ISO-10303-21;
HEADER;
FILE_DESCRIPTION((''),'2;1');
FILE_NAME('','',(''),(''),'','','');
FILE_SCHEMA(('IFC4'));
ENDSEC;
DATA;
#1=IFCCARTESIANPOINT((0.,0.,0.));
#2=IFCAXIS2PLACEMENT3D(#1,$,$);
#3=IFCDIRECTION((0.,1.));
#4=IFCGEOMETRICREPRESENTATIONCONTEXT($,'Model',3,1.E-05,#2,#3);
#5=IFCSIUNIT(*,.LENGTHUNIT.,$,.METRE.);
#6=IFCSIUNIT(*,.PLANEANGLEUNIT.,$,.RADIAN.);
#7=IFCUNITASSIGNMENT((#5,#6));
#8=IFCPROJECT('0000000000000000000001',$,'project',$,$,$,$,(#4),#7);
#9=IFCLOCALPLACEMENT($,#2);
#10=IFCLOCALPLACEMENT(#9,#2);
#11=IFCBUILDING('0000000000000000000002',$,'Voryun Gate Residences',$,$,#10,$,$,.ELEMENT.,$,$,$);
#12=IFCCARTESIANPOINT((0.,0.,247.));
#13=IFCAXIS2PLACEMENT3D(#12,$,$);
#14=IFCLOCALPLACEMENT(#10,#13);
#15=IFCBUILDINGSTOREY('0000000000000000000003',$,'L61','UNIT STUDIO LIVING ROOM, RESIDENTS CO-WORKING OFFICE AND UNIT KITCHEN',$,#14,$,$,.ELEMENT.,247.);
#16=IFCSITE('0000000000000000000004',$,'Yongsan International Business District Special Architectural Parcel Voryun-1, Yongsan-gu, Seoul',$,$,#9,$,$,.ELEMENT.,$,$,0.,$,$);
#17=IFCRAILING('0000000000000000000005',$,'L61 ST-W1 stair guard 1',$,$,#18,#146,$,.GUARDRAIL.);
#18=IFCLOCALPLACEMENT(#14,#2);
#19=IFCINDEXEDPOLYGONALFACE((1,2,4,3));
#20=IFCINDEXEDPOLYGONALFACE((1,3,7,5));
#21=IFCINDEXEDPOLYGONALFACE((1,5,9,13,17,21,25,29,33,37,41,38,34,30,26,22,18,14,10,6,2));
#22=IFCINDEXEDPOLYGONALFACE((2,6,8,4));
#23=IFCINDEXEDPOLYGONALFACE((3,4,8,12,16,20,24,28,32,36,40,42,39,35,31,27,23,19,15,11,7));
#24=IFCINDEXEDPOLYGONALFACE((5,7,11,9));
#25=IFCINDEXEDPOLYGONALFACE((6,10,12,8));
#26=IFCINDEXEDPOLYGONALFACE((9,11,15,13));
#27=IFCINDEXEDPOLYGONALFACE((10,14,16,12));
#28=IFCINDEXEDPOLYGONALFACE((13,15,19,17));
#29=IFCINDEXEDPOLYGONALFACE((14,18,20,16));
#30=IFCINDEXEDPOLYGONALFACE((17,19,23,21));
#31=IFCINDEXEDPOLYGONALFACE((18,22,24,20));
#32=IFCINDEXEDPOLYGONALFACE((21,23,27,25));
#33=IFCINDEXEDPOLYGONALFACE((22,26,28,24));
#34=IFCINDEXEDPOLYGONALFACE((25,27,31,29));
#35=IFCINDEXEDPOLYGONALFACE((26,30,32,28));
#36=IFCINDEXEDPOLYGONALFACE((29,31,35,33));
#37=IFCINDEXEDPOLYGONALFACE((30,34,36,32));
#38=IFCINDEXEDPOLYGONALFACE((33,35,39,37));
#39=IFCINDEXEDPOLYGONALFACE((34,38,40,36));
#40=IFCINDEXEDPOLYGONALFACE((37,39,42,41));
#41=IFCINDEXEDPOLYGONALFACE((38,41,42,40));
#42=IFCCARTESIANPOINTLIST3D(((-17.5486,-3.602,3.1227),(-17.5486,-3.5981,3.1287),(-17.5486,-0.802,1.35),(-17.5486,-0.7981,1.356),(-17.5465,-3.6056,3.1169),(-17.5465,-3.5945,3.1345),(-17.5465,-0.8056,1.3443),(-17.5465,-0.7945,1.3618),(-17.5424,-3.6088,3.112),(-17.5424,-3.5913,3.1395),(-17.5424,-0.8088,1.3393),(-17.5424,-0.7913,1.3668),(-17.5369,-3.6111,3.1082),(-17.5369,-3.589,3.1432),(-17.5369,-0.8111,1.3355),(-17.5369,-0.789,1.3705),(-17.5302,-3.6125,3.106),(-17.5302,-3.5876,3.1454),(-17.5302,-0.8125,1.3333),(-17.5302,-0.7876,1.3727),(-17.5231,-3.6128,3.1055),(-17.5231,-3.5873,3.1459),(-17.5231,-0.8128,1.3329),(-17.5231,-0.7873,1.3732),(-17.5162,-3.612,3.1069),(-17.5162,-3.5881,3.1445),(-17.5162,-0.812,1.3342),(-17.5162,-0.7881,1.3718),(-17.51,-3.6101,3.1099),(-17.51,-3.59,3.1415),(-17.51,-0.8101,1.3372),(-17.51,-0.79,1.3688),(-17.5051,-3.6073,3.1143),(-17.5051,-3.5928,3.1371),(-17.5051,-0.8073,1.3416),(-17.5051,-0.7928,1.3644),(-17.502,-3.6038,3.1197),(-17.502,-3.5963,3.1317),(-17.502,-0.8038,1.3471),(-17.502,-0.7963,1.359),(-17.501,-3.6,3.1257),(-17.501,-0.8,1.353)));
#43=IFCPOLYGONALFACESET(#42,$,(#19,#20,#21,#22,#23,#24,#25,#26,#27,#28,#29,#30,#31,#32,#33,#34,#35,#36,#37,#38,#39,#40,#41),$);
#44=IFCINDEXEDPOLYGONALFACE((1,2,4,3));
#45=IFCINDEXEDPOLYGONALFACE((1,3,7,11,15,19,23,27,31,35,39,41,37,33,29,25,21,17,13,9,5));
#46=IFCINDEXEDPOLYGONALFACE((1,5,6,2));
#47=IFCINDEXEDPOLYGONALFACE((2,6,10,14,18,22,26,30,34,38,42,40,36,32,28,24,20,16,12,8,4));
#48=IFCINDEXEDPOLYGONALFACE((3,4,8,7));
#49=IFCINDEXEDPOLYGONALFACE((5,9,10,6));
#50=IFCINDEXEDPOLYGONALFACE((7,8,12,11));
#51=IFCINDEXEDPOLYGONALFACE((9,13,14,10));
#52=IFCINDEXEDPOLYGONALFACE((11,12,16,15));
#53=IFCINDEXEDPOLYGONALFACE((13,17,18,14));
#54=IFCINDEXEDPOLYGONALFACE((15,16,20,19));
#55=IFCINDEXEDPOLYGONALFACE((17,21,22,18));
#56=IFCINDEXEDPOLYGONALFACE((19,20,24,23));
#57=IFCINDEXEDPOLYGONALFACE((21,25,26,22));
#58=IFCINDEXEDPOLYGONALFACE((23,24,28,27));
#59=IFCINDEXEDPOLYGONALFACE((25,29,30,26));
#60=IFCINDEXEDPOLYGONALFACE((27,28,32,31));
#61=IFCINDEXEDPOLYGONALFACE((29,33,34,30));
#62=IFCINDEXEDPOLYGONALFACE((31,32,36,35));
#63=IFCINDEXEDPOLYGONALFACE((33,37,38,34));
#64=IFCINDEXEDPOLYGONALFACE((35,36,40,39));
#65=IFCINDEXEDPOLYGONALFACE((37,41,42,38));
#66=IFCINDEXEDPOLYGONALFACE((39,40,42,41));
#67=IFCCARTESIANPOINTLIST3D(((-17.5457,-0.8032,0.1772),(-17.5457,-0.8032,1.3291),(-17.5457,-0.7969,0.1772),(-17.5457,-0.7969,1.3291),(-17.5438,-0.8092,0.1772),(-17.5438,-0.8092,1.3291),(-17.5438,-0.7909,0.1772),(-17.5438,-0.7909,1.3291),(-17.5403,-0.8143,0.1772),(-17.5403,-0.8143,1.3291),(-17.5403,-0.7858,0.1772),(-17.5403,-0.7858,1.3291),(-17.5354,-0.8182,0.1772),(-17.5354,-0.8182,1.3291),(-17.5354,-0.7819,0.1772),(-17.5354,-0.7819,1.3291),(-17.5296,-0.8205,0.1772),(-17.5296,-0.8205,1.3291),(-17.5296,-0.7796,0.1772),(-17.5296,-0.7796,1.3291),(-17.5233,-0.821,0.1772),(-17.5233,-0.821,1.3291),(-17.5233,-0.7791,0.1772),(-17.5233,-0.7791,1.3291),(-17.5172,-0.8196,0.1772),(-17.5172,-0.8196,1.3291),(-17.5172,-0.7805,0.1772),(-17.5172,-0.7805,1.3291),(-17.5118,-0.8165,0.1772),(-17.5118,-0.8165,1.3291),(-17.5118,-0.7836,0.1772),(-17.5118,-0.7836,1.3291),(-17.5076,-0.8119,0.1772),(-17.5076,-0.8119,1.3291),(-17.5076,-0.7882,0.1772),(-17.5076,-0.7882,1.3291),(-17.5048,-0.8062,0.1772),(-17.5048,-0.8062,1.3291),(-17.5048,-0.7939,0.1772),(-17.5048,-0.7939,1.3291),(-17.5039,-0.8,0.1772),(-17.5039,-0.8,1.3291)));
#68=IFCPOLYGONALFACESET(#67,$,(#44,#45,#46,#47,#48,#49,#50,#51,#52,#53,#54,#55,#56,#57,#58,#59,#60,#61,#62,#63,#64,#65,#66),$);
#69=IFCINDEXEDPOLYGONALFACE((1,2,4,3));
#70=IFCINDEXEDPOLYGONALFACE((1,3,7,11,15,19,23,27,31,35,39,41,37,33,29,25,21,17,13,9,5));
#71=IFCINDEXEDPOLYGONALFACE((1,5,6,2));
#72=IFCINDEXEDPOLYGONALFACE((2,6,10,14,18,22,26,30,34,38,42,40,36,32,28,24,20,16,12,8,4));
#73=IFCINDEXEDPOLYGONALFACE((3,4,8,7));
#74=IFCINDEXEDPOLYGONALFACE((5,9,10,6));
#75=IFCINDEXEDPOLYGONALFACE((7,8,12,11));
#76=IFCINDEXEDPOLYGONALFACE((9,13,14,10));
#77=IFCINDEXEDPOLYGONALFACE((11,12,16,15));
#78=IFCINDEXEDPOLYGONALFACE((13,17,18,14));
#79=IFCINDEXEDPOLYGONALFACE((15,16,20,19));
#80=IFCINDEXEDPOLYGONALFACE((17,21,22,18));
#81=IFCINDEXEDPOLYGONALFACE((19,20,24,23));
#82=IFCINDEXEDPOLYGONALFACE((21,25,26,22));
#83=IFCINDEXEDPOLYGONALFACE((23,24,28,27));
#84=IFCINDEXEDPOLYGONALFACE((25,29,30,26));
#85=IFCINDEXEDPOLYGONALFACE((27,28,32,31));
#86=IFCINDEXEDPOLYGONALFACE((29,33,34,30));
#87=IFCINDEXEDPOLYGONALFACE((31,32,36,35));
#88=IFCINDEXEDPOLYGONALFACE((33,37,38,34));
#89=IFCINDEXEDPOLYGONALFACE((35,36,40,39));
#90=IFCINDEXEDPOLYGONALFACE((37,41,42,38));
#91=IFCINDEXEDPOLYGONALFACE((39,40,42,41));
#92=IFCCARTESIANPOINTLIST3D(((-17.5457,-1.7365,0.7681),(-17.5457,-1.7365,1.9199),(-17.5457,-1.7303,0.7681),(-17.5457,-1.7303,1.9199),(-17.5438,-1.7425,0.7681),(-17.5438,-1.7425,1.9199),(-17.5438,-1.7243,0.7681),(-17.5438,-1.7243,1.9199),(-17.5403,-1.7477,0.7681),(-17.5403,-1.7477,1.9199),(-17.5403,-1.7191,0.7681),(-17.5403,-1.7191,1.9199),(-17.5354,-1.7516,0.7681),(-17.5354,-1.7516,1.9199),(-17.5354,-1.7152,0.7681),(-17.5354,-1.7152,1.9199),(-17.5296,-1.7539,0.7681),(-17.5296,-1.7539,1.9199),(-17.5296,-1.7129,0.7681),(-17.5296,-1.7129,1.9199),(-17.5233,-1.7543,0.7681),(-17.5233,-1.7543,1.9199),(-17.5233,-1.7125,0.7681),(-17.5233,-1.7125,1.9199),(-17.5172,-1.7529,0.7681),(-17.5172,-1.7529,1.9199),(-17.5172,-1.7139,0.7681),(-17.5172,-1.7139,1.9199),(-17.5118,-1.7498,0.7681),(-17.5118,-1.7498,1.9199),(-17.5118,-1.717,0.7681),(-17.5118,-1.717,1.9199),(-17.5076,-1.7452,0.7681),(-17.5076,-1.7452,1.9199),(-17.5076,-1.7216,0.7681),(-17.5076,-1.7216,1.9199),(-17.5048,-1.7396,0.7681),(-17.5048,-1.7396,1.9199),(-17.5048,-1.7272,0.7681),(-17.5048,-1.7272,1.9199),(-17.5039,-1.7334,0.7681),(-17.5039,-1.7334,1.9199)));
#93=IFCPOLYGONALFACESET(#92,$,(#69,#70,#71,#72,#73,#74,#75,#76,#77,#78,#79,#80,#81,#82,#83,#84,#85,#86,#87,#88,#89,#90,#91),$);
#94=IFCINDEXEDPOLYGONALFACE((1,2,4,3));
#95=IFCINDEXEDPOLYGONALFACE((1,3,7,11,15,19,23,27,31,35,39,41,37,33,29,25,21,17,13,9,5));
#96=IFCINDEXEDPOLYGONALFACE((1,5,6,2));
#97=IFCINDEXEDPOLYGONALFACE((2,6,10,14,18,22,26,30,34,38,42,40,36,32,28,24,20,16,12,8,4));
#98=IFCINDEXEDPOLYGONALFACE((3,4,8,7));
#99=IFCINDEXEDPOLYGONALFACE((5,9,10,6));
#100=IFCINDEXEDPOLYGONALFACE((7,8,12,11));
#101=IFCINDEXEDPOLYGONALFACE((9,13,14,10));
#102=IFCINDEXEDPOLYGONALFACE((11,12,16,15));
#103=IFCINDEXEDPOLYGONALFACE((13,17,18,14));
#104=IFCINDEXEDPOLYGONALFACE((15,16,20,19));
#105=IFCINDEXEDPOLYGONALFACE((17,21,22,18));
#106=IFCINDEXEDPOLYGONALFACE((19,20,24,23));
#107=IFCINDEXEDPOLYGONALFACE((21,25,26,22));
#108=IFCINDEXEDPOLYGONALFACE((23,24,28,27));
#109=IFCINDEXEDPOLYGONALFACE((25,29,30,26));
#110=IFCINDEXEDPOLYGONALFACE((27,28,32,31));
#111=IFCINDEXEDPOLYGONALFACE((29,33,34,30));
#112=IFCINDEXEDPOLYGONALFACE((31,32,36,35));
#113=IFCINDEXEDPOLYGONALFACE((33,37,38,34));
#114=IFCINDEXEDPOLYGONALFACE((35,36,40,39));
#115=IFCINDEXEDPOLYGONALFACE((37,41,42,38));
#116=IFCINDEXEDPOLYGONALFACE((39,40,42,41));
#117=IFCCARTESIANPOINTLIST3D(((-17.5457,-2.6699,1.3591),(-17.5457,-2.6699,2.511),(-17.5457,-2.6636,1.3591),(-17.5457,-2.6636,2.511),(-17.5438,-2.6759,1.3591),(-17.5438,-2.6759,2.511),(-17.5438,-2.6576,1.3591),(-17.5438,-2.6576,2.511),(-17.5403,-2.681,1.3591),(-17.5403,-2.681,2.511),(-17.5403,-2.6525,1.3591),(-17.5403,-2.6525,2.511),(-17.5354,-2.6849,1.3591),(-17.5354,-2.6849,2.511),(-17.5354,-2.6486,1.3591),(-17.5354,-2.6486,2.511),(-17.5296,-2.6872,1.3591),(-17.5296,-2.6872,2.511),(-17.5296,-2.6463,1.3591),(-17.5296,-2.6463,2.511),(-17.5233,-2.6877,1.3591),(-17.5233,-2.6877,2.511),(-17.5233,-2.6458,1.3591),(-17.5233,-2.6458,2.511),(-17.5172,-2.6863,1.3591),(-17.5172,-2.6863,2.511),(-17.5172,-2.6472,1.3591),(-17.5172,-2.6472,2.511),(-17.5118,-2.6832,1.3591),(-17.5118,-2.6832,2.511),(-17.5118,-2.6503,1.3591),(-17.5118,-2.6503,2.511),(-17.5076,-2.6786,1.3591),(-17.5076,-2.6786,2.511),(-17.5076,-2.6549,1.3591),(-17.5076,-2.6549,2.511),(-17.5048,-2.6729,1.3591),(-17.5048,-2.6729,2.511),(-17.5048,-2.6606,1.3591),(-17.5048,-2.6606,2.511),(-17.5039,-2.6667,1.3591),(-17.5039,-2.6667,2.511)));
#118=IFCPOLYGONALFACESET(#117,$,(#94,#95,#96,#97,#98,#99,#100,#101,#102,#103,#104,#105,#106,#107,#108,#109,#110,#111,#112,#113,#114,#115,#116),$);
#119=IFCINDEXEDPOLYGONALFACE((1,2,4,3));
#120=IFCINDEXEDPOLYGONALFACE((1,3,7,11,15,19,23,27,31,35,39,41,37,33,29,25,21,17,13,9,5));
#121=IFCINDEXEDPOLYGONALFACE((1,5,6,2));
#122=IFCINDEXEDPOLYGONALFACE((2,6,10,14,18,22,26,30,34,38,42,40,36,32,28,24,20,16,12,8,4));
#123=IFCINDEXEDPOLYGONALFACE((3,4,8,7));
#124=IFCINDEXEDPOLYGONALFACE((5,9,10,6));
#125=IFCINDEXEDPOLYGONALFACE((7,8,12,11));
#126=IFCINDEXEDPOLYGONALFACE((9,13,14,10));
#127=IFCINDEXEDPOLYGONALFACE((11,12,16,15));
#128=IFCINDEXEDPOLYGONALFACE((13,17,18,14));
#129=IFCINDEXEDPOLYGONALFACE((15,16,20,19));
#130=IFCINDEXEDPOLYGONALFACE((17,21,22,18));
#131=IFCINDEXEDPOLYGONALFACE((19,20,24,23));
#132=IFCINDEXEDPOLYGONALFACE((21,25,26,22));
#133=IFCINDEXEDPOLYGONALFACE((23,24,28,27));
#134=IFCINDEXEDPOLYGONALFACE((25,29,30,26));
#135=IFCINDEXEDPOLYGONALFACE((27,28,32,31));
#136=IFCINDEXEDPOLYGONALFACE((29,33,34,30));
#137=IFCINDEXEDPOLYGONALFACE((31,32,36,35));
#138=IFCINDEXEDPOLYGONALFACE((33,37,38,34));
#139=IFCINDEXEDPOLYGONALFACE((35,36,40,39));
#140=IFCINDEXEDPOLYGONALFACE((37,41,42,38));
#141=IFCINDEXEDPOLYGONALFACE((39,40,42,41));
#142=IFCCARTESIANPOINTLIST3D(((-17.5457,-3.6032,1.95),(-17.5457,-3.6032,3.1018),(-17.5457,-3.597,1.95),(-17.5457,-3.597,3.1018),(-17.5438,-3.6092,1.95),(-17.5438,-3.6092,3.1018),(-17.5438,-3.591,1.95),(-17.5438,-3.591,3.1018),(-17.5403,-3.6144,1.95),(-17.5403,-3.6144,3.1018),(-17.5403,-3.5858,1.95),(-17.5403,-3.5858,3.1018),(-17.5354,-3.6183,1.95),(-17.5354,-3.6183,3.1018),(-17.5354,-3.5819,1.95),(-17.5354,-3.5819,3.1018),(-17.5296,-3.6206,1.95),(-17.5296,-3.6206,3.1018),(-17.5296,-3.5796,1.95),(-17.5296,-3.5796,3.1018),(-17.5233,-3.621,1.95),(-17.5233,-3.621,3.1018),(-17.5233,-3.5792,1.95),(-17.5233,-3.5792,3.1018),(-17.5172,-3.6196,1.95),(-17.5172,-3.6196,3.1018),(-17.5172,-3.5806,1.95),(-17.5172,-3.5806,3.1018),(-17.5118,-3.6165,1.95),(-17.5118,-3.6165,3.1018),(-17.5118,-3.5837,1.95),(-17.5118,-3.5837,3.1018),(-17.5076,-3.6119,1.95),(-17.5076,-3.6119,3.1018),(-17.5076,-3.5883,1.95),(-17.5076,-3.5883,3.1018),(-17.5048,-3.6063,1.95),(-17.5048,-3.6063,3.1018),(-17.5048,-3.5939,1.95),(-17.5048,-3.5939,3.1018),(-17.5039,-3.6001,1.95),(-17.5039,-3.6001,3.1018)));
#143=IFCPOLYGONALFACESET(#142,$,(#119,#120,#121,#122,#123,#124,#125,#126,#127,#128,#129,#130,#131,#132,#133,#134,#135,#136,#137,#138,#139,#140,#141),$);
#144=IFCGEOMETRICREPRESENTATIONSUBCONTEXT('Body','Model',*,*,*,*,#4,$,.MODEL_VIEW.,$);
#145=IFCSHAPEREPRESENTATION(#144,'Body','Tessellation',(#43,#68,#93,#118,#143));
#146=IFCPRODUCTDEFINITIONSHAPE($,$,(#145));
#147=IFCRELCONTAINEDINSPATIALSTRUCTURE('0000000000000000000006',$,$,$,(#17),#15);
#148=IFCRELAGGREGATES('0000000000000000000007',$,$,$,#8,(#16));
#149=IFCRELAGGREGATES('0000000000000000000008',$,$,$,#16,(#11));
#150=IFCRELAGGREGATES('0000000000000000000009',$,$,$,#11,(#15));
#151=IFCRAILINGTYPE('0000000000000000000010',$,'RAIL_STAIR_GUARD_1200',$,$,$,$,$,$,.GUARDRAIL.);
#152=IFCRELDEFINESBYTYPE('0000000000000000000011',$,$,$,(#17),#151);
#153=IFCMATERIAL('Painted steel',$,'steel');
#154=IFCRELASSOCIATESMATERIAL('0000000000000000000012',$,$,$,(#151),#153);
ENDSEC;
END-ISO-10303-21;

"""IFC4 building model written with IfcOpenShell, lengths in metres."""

from ifc_helpers import new_model, si_unit, direction, frame, origin, origin_2d, place, context, subcontext, project, spatial, circle, extrude, material, type_object, element, save


model = new_model("IFC4")

# Units and contexts
model_context = context("Model", 3, precision=1e-05, world=origin(), true_north=direction((0.0, 1.0)))
body_context = subcontext(model_context, "Body", "Model", "MODEL_VIEW")
ifc_project = project(units=[si_unit("LENGTHUNIT", "METRE"), si_unit("PLANEANGLEUNIT", "RADIAN")], contexts=[model_context])

# Site, building, storey
site_placement = place(None, origin())
site = spatial("IfcSite", under=ifc_project, at=site_placement, Name="Yongsan International Business District Special Architectural Parcel Voryun-1, Yongsan-gu, Seoul", CompositionType="ELEMENT", RefElevation=0.0)
building_placement = place(site_placement, origin())
building = spatial("IfcBuilding", under=site, at=building_placement, Name="Voryun Gate Residences", CompositionType="ELEMENT")
storey_placement = place(building_placement, frame((0.0, 0.0, 247.0)))
storey = spatial("IfcBuildingStorey", under=building, at=storey_placement, Name="L61", Description="UNIT STUDIO LIVING ROOM, RESIDENTS CO-WORKING OFFICE AND UNIT KITCHEN", CompositionType="ELEMENT", Elevation=247.0)

# Railing
ifc_material_1 = material(Name="Painted steel", Category="steel")
railing_type_1 = type_object("IfcRailingType", Name="RAIL_STAIR_GUARD_1200", PredefinedType="GUARDRAIL", material=ifc_material_1)
railing_1_placement = place(storey_placement, frame((-17.5249, -0.8, 0.1772)))
element("IfcRailing", 1, at=railing_1_placement, inside=storey, type_object=railing_type_1, Name="L61 ST-W1 stair guard 1", PredefinedType="GUARDRAIL", context=body_context, shape_type="SweptSolid", body=[
    extrude(circle(Radius=0.0239, at=origin_2d()), frame((0.0, 0.0, 1.1758), z_axis=(0.0, -0.844909, 0.53491), x_axis=(1.0, 0.0, 0.0)), (0.0, 0.0, 1.0), 3.314),
    extrude(circle(Radius=0.021, at=origin_2d()), origin(), (0.0, 0.0, 1.0), 1.1519),
    extrude(circle(Radius=0.021, at=origin_2d()), frame((0.0, -0.9333, 0.5908)), (0.0, 0.0, 1.0), 1.1519),
    extrude(circle(Radius=0.021, at=origin_2d()), frame((0.0, -1.8667, 1.1819)), (0.0, 0.0, 1.0), 1.1519),
    extrude(circle(Radius=0.021, at=origin_2d()), frame((0.0, -2.8, 1.7727)), (0.0, 0.0, 1.0), 1.1519),
])

save(model, "model.ifc")
